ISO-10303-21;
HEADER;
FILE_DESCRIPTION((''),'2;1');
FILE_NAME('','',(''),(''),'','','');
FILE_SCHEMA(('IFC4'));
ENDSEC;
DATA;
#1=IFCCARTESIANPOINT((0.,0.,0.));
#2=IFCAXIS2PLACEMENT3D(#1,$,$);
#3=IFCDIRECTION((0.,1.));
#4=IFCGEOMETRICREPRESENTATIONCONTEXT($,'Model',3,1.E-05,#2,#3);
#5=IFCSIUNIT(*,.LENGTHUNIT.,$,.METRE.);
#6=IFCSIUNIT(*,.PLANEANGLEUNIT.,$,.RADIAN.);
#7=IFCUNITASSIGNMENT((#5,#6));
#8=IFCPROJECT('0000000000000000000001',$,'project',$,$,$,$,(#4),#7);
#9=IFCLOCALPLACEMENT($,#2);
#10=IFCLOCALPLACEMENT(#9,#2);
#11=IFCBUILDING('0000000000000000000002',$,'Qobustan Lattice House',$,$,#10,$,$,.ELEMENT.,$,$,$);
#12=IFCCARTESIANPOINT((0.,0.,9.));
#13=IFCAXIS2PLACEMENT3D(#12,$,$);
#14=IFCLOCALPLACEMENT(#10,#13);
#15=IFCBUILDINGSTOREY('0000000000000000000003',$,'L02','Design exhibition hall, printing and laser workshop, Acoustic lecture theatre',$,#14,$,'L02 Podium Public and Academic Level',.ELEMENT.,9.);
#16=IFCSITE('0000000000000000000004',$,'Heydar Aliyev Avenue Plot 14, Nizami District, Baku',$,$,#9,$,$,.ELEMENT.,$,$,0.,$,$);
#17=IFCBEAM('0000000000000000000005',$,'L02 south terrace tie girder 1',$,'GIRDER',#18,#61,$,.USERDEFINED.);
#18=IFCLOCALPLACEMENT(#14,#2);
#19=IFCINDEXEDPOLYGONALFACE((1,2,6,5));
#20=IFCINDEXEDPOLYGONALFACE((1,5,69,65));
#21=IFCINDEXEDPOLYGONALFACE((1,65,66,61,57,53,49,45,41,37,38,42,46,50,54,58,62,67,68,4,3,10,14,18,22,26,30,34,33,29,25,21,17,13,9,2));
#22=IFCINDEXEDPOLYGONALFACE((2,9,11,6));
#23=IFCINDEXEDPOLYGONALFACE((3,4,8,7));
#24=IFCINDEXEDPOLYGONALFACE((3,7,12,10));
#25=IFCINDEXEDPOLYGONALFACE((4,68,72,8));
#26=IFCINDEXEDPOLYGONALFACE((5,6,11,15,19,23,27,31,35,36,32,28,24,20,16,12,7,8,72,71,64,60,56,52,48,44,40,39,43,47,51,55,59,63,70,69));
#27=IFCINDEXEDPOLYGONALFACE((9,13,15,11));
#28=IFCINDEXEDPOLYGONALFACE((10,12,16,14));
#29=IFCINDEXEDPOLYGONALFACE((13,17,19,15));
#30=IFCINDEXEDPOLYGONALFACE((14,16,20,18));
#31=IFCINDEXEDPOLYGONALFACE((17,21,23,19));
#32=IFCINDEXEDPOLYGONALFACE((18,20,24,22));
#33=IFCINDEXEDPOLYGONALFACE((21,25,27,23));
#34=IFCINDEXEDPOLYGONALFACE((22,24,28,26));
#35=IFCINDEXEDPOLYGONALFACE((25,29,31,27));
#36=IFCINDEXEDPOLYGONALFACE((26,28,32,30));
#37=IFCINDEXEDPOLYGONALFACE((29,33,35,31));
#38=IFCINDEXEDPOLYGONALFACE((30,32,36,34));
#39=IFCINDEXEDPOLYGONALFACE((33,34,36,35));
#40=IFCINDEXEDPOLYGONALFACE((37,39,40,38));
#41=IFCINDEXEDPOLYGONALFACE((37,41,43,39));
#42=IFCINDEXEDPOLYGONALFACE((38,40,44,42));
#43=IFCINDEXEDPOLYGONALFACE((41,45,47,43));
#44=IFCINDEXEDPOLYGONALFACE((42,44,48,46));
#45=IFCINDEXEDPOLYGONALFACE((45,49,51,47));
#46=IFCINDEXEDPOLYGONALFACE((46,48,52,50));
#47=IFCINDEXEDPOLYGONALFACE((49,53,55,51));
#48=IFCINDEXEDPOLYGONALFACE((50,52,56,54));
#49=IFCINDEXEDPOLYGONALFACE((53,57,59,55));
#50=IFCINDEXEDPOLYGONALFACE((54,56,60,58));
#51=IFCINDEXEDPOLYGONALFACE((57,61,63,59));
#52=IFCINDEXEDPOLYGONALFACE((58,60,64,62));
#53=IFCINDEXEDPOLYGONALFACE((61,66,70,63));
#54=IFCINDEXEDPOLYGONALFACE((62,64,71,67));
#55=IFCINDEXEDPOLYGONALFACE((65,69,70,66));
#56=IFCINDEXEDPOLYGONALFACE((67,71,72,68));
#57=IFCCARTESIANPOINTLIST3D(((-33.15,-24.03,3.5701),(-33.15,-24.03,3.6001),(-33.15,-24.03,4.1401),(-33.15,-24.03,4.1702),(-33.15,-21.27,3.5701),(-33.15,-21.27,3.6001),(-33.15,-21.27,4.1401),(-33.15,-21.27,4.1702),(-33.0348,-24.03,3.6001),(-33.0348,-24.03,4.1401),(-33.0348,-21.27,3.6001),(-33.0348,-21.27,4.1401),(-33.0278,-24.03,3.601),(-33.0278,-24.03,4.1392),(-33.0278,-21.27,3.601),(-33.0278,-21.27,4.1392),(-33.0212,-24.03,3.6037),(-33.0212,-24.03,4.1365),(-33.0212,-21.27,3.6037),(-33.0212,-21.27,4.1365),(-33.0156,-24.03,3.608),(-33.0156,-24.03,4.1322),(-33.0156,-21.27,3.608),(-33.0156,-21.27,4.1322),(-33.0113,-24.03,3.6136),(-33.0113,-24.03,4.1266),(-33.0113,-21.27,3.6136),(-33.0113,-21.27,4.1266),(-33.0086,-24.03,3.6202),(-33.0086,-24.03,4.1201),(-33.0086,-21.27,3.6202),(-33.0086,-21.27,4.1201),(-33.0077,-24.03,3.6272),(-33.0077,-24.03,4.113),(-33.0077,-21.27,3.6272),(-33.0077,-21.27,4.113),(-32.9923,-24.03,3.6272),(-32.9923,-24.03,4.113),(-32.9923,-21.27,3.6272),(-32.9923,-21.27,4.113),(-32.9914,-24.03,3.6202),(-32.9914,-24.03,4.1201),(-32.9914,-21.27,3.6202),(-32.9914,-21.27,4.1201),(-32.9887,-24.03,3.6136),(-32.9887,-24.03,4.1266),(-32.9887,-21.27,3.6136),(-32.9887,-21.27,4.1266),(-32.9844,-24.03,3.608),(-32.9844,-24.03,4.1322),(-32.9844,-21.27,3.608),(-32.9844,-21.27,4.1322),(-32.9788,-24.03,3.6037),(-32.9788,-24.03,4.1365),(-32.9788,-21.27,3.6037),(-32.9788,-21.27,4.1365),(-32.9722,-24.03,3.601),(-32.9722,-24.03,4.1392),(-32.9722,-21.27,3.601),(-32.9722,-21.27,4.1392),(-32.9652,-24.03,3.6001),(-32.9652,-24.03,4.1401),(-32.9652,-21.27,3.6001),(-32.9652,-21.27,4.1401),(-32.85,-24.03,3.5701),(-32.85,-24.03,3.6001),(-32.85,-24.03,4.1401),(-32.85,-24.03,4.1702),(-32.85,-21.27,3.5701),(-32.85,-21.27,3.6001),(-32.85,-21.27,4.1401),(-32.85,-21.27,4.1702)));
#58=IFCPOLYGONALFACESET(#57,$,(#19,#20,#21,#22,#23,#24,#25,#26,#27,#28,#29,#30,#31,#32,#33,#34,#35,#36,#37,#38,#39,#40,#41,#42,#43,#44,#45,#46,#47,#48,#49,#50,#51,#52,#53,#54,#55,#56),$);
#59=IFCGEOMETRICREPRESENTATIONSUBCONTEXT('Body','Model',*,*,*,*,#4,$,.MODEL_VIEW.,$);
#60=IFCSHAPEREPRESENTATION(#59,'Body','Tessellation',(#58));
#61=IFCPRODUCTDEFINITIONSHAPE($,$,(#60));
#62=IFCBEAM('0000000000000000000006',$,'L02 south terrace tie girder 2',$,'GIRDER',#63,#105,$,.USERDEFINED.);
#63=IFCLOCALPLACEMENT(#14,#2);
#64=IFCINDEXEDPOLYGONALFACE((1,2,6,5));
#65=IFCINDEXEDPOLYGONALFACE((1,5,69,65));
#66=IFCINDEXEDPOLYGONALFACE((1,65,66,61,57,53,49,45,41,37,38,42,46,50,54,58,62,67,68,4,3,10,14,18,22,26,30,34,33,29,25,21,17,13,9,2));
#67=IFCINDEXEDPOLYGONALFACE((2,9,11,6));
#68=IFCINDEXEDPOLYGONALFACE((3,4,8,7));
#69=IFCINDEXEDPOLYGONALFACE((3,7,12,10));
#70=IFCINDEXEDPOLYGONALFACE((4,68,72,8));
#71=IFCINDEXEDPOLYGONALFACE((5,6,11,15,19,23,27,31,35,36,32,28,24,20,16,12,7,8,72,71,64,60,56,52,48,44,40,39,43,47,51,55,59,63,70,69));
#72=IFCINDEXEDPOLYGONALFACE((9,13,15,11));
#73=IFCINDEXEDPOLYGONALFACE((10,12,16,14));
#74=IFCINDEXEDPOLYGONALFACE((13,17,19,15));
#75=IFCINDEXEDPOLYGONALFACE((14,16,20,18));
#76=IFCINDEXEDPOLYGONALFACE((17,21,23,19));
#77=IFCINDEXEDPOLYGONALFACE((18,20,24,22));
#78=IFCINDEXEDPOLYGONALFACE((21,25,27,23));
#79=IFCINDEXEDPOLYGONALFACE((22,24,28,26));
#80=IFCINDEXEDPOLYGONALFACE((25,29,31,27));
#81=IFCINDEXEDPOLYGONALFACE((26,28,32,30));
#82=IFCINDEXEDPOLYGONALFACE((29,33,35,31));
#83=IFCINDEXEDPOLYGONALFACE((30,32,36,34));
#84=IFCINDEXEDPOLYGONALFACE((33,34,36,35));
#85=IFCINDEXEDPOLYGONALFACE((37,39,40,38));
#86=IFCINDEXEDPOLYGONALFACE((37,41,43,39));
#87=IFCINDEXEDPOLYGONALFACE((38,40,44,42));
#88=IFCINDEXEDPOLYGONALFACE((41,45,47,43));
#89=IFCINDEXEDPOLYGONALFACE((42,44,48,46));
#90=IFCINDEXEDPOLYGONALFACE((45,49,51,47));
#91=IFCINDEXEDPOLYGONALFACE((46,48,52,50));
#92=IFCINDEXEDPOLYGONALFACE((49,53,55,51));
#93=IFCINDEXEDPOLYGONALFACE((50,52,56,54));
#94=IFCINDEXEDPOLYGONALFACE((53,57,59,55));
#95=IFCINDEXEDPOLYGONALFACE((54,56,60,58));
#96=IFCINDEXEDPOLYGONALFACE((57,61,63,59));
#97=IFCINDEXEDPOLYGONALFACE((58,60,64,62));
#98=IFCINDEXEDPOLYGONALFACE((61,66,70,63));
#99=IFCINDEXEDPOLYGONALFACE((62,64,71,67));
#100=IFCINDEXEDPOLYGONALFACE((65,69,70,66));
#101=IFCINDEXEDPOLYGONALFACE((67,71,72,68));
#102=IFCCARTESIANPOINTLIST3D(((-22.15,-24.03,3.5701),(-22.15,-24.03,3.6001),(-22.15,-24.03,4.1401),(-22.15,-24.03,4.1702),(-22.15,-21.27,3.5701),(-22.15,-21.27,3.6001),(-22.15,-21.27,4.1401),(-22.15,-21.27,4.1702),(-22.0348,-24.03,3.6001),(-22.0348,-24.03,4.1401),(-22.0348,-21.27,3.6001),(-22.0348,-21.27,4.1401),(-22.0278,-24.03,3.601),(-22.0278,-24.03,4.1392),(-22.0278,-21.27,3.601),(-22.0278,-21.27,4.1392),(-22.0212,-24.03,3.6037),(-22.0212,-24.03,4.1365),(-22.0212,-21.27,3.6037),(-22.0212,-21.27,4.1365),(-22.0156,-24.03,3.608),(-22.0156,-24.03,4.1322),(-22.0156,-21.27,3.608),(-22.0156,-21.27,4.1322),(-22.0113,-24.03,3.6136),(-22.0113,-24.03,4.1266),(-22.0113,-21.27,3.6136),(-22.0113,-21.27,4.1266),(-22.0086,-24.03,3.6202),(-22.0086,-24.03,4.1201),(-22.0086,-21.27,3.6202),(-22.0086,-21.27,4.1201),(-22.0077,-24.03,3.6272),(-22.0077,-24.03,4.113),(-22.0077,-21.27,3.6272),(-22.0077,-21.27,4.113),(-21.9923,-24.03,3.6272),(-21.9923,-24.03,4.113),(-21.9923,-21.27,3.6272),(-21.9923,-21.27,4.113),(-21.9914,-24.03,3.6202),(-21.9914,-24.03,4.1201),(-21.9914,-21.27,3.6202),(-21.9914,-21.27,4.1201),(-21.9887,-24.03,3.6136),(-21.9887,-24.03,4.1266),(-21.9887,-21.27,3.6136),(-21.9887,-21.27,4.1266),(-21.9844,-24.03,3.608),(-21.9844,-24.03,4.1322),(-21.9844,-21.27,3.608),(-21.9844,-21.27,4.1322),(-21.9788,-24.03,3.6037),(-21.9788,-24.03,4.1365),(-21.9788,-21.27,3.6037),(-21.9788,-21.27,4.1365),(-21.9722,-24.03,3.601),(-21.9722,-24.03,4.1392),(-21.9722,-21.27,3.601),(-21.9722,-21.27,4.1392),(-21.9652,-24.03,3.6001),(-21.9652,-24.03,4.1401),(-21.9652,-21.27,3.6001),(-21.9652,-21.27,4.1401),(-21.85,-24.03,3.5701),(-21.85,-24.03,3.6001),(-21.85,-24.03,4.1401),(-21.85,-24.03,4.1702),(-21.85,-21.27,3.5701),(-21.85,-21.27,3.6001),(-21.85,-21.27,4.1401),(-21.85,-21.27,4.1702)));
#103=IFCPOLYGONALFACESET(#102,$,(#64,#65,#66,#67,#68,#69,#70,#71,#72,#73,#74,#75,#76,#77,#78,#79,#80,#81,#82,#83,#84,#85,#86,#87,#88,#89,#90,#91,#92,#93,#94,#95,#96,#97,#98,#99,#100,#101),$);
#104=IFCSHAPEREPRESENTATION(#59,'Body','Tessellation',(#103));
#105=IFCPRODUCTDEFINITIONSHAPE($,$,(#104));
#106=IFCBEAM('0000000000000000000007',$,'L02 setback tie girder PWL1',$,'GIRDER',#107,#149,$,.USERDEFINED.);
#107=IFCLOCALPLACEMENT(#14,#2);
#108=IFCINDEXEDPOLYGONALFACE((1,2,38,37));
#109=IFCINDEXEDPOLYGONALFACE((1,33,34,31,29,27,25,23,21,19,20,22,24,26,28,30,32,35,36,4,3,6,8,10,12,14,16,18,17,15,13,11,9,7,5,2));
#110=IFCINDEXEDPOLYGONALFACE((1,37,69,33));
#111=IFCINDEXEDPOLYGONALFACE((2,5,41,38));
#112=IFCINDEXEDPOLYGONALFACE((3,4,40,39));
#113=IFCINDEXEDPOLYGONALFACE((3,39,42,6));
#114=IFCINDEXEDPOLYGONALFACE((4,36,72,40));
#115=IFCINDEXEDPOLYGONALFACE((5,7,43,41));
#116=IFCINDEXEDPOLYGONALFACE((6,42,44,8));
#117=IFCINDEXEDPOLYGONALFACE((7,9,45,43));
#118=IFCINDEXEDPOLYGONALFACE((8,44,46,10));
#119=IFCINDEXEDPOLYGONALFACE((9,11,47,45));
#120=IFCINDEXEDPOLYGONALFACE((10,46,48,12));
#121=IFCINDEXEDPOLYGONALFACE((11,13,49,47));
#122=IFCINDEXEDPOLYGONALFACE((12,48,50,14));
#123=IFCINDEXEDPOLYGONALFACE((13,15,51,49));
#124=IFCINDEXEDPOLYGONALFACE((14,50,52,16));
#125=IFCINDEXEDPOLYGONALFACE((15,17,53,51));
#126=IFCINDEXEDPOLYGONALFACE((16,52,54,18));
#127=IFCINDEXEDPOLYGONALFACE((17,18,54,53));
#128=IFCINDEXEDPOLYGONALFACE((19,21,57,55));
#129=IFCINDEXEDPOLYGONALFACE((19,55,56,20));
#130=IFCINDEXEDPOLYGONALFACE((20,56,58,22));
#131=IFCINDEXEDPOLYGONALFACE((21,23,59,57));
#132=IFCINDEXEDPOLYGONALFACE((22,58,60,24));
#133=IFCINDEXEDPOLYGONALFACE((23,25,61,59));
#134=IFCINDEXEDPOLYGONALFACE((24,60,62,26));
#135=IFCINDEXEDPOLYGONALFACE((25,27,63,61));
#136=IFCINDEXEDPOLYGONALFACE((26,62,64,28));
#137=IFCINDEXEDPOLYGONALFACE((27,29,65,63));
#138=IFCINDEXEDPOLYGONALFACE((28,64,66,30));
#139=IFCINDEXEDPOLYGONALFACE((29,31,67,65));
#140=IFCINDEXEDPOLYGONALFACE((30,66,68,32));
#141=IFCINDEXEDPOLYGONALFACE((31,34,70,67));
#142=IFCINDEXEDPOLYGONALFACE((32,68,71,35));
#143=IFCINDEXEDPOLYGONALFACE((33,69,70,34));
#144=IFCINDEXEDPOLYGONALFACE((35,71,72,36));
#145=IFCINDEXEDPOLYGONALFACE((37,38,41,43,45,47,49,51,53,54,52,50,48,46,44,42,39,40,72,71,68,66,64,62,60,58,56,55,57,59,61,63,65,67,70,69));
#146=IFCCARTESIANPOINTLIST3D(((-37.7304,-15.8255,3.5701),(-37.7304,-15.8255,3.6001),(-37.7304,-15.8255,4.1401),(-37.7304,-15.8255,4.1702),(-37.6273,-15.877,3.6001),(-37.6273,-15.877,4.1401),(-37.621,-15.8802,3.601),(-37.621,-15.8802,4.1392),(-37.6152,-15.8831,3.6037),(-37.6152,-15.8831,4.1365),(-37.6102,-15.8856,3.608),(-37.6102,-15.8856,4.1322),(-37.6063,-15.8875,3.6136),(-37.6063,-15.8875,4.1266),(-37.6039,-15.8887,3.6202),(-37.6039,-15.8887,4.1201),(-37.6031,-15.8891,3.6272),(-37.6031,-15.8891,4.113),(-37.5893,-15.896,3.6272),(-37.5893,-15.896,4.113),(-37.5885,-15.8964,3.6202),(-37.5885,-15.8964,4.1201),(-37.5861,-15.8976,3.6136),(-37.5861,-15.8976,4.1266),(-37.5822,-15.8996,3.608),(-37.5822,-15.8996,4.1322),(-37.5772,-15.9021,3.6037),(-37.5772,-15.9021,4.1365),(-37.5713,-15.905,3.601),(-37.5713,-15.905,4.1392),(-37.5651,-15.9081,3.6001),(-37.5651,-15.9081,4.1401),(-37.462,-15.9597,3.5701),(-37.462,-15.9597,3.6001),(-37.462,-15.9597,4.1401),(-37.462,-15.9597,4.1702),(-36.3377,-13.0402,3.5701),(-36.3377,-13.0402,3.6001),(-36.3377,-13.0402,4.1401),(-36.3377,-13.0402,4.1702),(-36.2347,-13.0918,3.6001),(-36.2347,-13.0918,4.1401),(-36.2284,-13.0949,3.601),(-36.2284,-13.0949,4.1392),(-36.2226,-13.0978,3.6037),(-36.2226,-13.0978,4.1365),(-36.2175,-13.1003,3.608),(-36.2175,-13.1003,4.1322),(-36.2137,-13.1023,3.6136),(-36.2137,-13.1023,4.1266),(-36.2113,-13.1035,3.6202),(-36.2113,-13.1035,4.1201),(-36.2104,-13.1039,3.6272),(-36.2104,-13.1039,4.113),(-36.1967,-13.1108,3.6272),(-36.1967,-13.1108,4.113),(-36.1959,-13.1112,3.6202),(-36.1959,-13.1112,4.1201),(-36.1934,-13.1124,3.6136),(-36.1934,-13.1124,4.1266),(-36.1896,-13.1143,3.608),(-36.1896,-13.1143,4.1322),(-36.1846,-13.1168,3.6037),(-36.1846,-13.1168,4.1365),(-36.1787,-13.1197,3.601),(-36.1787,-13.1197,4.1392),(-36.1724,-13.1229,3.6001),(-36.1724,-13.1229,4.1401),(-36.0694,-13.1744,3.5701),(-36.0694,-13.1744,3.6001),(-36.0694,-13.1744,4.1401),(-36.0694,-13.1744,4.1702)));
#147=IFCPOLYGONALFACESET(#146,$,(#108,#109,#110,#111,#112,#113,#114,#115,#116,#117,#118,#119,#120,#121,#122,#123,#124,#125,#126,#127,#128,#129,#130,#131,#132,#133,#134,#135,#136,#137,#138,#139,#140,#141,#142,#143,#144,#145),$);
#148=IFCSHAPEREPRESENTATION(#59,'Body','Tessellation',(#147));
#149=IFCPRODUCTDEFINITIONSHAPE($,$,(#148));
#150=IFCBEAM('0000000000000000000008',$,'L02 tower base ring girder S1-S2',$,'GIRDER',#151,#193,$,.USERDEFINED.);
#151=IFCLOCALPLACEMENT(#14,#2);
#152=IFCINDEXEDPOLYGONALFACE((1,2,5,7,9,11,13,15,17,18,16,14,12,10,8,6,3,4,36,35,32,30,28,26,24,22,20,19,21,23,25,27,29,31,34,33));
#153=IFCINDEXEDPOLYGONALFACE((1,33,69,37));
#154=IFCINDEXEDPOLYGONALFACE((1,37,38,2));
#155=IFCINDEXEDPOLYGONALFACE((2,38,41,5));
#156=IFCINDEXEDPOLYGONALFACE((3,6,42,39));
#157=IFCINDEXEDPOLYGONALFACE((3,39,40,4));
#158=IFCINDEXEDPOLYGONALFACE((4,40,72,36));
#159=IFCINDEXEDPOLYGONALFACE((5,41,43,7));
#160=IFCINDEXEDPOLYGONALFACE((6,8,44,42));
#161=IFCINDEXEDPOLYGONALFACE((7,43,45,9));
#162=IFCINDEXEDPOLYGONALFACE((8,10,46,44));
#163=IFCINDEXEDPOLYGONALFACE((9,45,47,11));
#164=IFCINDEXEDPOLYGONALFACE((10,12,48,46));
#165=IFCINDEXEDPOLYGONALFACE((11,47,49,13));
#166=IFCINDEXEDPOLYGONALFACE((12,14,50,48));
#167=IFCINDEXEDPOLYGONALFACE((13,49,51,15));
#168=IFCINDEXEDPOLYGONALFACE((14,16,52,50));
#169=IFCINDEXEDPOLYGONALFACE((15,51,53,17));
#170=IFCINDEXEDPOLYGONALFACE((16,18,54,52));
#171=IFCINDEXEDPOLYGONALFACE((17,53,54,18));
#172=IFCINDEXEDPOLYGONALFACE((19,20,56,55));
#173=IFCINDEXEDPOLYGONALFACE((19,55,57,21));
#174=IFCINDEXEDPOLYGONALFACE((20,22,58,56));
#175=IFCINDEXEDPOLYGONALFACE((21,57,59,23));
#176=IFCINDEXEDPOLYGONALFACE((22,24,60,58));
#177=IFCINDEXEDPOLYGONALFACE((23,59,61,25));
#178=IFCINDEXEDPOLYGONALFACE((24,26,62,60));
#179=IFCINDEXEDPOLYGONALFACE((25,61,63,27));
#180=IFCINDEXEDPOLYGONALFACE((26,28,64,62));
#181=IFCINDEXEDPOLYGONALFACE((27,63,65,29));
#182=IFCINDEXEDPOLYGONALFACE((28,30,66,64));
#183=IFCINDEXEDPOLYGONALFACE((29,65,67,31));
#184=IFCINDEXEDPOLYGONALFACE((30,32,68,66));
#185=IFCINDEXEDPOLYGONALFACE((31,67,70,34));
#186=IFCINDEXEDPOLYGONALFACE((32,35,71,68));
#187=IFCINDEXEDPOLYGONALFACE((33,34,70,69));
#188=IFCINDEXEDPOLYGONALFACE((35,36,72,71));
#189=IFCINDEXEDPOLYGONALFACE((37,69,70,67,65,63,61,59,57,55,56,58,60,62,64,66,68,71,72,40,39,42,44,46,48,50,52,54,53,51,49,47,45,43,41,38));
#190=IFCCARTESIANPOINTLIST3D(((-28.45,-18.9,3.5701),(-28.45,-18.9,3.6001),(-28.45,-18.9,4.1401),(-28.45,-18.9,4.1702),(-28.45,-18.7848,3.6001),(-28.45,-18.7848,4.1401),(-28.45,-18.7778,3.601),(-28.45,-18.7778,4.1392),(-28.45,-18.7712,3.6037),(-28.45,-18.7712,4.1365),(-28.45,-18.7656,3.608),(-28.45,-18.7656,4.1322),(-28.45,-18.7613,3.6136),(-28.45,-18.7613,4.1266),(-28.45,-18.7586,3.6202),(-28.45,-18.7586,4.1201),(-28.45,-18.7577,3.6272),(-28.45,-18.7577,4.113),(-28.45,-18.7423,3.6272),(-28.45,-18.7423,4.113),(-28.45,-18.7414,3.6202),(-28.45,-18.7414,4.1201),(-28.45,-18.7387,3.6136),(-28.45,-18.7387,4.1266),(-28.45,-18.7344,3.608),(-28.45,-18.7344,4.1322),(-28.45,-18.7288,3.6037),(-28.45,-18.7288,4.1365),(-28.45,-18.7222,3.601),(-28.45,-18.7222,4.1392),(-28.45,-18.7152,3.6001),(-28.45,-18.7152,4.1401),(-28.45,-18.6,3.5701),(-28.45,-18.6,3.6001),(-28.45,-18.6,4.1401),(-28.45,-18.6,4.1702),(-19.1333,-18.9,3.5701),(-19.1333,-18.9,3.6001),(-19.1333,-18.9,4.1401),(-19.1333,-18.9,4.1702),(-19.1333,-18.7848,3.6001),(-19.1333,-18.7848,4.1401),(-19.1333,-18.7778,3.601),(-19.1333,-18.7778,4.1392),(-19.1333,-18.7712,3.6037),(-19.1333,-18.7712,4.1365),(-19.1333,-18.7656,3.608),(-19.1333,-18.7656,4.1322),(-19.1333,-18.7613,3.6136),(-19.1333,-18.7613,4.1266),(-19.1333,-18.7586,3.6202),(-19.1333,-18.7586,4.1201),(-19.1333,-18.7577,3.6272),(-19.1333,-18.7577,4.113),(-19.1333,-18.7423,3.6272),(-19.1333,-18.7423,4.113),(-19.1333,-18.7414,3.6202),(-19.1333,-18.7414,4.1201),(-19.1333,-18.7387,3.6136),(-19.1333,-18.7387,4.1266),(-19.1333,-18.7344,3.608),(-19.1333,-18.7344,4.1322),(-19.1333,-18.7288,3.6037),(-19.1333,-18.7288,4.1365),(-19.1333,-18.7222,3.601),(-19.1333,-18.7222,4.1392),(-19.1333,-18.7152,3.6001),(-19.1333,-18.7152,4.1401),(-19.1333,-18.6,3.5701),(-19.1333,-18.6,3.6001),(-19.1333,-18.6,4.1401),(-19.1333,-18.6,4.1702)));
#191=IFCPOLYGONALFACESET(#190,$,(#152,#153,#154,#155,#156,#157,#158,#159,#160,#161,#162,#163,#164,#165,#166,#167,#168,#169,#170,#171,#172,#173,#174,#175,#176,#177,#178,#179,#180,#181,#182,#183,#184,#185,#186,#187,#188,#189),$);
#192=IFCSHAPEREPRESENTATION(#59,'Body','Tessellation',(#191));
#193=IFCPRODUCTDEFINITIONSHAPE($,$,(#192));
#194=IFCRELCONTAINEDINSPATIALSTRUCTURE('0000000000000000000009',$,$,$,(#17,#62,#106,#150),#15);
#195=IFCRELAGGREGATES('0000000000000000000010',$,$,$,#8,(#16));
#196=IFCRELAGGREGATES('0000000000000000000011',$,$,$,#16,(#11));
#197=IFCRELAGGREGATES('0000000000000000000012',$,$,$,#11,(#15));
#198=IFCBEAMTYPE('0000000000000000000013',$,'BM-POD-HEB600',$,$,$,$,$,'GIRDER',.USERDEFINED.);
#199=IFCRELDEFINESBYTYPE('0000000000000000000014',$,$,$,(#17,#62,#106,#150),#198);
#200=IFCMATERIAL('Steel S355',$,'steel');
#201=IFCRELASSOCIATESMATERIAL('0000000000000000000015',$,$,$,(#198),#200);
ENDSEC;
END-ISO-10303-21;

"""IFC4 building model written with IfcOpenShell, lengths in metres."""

from ifc_helpers import new_model, si_unit, direction, frame, origin, origin_2d, place, context, subcontext, project, spatial, i_section, extrude, material, material_profile, profile_set, type_object, element, save


model = new_model("IFC4")

# Units and contexts
model_context = context("Model", 3, precision=1e-05, world=origin(), true_north=direction((0.0, 1.0)))
body_context = subcontext(model_context, "Body", "Model", "MODEL_VIEW")
ifc_project = project(units=[si_unit("LENGTHUNIT", "METRE"), si_unit("PLANEANGLEUNIT", "RADIAN")], contexts=[model_context])

# Site, building, storey
site_placement = place(None, origin())
site = spatial("IfcSite", under=ifc_project, at=site_placement, Name="Heydar Aliyev Avenue Plot 14, Nizami District, Baku", CompositionType="ELEMENT", RefElevation=0.0)
building_placement = place(site_placement, origin())
building = spatial("IfcBuilding", under=site, at=building_placement, Name="Qobustan Lattice House", CompositionType="ELEMENT")
storey_placement = place(building_placement, frame((0.0, 0.0, 9.0)))
storey = spatial("IfcBuildingStorey", under=building, at=storey_placement, Name="L02", Description="Design exhibition hall, printing and laser workshop, Acoustic lecture theatre", LongName="L02 Podium Public and Academic Level", CompositionType="ELEMENT", Elevation=9.0)

# Beams
ifc_material_1 = material(Name="Steel S355", Category="steel")
ifc_material_profile_1 = material_profile(ifc_material_1, i_section(OverallWidth=0.3, OverallDepth=0.6001, WebThickness=0.0154, FlangeThickness=0.03, FilletRadius=0.0271, at=origin_2d()), Name="HEB600")
ifc_profile_set_1 = profile_set([ifc_material_profile_1], Name="Steel S355")
beam_type_1 = type_object("IfcBeamType", Name="BM-POD-HEB600", ElementType="GIRDER", PredefinedType="USERDEFINED", material=ifc_profile_set_1)
for number, where, z_axis, x_axis, name in (
    (1, (-33.0, -24.03, 3.8701), (0.0, 1.0, 0.0), (-1.0, 0.0, 0.0), "L02 south terrace tie girder 1"),
    (2, (-22.0, -24.03, 3.8701), (0.0, 1.0, 0.0), (-1.0, 0.0, 0.0), "L02 south terrace tie girder 2"),
):
    element("IfcBeam", number, at=place(storey_placement, frame(where, z_axis=z_axis, x_axis=x_axis)), inside=storey, type_object=beam_type_1, Name=name, ObjectType="GIRDER", PredefinedType="USERDEFINED", context=body_context, shape_type="SweptSolid", body=[
        extrude(i_section(OverallWidth=0.3, OverallDepth=0.6001, WebThickness=0.0154, FlangeThickness=0.03, FilletRadius=0.0271, at=origin_2d()), origin(), (0.0, 0.0, 1.0), 2.76),
    ])
beam_1_placement = place(storey_placement, frame((-37.5962, -15.8926, 3.8701), z_axis=(0.447214, 0.894427, 0.0), x_axis=(-0.894427, 0.447214, 0.0)))
element("IfcBeam", 3, at=beam_1_placement, inside=storey, type_object=beam_type_1, Name="L02 setback tie girder PWL1", ObjectType="GIRDER", PredefinedType="USERDEFINED", context=body_context, shape_type="SweptSolid", body=[
    extrude(i_section(OverallWidth=0.3, OverallDepth=0.6001, WebThickness=0.0154, FlangeThickness=0.03, FilletRadius=0.0271, at=origin_2d()), origin(), (0.0, 0.0, 1.0), 3.114),
])
beam_2_placement = place(storey_placement, frame((-28.45, -18.75, 3.8701), z_axis=(1.0, 0.0, 0.0), x_axis=(0.0, 1.0, 0.0)))
element("IfcBeam", 4, at=beam_2_placement, inside=storey, type_object=beam_type_1, Name="L02 tower base ring girder S1-S2", ObjectType="GIRDER", PredefinedType="USERDEFINED", context=body_context, shape_type="SweptSolid", body=[
    extrude(i_section(OverallWidth=0.3, OverallDepth=0.6001, WebThickness=0.0154, FlangeThickness=0.03, FilletRadius=0.0271, at=origin_2d()), origin(), (0.0, 0.0, 1.0), 9.3167),
])

save(model, "model.ifc")
